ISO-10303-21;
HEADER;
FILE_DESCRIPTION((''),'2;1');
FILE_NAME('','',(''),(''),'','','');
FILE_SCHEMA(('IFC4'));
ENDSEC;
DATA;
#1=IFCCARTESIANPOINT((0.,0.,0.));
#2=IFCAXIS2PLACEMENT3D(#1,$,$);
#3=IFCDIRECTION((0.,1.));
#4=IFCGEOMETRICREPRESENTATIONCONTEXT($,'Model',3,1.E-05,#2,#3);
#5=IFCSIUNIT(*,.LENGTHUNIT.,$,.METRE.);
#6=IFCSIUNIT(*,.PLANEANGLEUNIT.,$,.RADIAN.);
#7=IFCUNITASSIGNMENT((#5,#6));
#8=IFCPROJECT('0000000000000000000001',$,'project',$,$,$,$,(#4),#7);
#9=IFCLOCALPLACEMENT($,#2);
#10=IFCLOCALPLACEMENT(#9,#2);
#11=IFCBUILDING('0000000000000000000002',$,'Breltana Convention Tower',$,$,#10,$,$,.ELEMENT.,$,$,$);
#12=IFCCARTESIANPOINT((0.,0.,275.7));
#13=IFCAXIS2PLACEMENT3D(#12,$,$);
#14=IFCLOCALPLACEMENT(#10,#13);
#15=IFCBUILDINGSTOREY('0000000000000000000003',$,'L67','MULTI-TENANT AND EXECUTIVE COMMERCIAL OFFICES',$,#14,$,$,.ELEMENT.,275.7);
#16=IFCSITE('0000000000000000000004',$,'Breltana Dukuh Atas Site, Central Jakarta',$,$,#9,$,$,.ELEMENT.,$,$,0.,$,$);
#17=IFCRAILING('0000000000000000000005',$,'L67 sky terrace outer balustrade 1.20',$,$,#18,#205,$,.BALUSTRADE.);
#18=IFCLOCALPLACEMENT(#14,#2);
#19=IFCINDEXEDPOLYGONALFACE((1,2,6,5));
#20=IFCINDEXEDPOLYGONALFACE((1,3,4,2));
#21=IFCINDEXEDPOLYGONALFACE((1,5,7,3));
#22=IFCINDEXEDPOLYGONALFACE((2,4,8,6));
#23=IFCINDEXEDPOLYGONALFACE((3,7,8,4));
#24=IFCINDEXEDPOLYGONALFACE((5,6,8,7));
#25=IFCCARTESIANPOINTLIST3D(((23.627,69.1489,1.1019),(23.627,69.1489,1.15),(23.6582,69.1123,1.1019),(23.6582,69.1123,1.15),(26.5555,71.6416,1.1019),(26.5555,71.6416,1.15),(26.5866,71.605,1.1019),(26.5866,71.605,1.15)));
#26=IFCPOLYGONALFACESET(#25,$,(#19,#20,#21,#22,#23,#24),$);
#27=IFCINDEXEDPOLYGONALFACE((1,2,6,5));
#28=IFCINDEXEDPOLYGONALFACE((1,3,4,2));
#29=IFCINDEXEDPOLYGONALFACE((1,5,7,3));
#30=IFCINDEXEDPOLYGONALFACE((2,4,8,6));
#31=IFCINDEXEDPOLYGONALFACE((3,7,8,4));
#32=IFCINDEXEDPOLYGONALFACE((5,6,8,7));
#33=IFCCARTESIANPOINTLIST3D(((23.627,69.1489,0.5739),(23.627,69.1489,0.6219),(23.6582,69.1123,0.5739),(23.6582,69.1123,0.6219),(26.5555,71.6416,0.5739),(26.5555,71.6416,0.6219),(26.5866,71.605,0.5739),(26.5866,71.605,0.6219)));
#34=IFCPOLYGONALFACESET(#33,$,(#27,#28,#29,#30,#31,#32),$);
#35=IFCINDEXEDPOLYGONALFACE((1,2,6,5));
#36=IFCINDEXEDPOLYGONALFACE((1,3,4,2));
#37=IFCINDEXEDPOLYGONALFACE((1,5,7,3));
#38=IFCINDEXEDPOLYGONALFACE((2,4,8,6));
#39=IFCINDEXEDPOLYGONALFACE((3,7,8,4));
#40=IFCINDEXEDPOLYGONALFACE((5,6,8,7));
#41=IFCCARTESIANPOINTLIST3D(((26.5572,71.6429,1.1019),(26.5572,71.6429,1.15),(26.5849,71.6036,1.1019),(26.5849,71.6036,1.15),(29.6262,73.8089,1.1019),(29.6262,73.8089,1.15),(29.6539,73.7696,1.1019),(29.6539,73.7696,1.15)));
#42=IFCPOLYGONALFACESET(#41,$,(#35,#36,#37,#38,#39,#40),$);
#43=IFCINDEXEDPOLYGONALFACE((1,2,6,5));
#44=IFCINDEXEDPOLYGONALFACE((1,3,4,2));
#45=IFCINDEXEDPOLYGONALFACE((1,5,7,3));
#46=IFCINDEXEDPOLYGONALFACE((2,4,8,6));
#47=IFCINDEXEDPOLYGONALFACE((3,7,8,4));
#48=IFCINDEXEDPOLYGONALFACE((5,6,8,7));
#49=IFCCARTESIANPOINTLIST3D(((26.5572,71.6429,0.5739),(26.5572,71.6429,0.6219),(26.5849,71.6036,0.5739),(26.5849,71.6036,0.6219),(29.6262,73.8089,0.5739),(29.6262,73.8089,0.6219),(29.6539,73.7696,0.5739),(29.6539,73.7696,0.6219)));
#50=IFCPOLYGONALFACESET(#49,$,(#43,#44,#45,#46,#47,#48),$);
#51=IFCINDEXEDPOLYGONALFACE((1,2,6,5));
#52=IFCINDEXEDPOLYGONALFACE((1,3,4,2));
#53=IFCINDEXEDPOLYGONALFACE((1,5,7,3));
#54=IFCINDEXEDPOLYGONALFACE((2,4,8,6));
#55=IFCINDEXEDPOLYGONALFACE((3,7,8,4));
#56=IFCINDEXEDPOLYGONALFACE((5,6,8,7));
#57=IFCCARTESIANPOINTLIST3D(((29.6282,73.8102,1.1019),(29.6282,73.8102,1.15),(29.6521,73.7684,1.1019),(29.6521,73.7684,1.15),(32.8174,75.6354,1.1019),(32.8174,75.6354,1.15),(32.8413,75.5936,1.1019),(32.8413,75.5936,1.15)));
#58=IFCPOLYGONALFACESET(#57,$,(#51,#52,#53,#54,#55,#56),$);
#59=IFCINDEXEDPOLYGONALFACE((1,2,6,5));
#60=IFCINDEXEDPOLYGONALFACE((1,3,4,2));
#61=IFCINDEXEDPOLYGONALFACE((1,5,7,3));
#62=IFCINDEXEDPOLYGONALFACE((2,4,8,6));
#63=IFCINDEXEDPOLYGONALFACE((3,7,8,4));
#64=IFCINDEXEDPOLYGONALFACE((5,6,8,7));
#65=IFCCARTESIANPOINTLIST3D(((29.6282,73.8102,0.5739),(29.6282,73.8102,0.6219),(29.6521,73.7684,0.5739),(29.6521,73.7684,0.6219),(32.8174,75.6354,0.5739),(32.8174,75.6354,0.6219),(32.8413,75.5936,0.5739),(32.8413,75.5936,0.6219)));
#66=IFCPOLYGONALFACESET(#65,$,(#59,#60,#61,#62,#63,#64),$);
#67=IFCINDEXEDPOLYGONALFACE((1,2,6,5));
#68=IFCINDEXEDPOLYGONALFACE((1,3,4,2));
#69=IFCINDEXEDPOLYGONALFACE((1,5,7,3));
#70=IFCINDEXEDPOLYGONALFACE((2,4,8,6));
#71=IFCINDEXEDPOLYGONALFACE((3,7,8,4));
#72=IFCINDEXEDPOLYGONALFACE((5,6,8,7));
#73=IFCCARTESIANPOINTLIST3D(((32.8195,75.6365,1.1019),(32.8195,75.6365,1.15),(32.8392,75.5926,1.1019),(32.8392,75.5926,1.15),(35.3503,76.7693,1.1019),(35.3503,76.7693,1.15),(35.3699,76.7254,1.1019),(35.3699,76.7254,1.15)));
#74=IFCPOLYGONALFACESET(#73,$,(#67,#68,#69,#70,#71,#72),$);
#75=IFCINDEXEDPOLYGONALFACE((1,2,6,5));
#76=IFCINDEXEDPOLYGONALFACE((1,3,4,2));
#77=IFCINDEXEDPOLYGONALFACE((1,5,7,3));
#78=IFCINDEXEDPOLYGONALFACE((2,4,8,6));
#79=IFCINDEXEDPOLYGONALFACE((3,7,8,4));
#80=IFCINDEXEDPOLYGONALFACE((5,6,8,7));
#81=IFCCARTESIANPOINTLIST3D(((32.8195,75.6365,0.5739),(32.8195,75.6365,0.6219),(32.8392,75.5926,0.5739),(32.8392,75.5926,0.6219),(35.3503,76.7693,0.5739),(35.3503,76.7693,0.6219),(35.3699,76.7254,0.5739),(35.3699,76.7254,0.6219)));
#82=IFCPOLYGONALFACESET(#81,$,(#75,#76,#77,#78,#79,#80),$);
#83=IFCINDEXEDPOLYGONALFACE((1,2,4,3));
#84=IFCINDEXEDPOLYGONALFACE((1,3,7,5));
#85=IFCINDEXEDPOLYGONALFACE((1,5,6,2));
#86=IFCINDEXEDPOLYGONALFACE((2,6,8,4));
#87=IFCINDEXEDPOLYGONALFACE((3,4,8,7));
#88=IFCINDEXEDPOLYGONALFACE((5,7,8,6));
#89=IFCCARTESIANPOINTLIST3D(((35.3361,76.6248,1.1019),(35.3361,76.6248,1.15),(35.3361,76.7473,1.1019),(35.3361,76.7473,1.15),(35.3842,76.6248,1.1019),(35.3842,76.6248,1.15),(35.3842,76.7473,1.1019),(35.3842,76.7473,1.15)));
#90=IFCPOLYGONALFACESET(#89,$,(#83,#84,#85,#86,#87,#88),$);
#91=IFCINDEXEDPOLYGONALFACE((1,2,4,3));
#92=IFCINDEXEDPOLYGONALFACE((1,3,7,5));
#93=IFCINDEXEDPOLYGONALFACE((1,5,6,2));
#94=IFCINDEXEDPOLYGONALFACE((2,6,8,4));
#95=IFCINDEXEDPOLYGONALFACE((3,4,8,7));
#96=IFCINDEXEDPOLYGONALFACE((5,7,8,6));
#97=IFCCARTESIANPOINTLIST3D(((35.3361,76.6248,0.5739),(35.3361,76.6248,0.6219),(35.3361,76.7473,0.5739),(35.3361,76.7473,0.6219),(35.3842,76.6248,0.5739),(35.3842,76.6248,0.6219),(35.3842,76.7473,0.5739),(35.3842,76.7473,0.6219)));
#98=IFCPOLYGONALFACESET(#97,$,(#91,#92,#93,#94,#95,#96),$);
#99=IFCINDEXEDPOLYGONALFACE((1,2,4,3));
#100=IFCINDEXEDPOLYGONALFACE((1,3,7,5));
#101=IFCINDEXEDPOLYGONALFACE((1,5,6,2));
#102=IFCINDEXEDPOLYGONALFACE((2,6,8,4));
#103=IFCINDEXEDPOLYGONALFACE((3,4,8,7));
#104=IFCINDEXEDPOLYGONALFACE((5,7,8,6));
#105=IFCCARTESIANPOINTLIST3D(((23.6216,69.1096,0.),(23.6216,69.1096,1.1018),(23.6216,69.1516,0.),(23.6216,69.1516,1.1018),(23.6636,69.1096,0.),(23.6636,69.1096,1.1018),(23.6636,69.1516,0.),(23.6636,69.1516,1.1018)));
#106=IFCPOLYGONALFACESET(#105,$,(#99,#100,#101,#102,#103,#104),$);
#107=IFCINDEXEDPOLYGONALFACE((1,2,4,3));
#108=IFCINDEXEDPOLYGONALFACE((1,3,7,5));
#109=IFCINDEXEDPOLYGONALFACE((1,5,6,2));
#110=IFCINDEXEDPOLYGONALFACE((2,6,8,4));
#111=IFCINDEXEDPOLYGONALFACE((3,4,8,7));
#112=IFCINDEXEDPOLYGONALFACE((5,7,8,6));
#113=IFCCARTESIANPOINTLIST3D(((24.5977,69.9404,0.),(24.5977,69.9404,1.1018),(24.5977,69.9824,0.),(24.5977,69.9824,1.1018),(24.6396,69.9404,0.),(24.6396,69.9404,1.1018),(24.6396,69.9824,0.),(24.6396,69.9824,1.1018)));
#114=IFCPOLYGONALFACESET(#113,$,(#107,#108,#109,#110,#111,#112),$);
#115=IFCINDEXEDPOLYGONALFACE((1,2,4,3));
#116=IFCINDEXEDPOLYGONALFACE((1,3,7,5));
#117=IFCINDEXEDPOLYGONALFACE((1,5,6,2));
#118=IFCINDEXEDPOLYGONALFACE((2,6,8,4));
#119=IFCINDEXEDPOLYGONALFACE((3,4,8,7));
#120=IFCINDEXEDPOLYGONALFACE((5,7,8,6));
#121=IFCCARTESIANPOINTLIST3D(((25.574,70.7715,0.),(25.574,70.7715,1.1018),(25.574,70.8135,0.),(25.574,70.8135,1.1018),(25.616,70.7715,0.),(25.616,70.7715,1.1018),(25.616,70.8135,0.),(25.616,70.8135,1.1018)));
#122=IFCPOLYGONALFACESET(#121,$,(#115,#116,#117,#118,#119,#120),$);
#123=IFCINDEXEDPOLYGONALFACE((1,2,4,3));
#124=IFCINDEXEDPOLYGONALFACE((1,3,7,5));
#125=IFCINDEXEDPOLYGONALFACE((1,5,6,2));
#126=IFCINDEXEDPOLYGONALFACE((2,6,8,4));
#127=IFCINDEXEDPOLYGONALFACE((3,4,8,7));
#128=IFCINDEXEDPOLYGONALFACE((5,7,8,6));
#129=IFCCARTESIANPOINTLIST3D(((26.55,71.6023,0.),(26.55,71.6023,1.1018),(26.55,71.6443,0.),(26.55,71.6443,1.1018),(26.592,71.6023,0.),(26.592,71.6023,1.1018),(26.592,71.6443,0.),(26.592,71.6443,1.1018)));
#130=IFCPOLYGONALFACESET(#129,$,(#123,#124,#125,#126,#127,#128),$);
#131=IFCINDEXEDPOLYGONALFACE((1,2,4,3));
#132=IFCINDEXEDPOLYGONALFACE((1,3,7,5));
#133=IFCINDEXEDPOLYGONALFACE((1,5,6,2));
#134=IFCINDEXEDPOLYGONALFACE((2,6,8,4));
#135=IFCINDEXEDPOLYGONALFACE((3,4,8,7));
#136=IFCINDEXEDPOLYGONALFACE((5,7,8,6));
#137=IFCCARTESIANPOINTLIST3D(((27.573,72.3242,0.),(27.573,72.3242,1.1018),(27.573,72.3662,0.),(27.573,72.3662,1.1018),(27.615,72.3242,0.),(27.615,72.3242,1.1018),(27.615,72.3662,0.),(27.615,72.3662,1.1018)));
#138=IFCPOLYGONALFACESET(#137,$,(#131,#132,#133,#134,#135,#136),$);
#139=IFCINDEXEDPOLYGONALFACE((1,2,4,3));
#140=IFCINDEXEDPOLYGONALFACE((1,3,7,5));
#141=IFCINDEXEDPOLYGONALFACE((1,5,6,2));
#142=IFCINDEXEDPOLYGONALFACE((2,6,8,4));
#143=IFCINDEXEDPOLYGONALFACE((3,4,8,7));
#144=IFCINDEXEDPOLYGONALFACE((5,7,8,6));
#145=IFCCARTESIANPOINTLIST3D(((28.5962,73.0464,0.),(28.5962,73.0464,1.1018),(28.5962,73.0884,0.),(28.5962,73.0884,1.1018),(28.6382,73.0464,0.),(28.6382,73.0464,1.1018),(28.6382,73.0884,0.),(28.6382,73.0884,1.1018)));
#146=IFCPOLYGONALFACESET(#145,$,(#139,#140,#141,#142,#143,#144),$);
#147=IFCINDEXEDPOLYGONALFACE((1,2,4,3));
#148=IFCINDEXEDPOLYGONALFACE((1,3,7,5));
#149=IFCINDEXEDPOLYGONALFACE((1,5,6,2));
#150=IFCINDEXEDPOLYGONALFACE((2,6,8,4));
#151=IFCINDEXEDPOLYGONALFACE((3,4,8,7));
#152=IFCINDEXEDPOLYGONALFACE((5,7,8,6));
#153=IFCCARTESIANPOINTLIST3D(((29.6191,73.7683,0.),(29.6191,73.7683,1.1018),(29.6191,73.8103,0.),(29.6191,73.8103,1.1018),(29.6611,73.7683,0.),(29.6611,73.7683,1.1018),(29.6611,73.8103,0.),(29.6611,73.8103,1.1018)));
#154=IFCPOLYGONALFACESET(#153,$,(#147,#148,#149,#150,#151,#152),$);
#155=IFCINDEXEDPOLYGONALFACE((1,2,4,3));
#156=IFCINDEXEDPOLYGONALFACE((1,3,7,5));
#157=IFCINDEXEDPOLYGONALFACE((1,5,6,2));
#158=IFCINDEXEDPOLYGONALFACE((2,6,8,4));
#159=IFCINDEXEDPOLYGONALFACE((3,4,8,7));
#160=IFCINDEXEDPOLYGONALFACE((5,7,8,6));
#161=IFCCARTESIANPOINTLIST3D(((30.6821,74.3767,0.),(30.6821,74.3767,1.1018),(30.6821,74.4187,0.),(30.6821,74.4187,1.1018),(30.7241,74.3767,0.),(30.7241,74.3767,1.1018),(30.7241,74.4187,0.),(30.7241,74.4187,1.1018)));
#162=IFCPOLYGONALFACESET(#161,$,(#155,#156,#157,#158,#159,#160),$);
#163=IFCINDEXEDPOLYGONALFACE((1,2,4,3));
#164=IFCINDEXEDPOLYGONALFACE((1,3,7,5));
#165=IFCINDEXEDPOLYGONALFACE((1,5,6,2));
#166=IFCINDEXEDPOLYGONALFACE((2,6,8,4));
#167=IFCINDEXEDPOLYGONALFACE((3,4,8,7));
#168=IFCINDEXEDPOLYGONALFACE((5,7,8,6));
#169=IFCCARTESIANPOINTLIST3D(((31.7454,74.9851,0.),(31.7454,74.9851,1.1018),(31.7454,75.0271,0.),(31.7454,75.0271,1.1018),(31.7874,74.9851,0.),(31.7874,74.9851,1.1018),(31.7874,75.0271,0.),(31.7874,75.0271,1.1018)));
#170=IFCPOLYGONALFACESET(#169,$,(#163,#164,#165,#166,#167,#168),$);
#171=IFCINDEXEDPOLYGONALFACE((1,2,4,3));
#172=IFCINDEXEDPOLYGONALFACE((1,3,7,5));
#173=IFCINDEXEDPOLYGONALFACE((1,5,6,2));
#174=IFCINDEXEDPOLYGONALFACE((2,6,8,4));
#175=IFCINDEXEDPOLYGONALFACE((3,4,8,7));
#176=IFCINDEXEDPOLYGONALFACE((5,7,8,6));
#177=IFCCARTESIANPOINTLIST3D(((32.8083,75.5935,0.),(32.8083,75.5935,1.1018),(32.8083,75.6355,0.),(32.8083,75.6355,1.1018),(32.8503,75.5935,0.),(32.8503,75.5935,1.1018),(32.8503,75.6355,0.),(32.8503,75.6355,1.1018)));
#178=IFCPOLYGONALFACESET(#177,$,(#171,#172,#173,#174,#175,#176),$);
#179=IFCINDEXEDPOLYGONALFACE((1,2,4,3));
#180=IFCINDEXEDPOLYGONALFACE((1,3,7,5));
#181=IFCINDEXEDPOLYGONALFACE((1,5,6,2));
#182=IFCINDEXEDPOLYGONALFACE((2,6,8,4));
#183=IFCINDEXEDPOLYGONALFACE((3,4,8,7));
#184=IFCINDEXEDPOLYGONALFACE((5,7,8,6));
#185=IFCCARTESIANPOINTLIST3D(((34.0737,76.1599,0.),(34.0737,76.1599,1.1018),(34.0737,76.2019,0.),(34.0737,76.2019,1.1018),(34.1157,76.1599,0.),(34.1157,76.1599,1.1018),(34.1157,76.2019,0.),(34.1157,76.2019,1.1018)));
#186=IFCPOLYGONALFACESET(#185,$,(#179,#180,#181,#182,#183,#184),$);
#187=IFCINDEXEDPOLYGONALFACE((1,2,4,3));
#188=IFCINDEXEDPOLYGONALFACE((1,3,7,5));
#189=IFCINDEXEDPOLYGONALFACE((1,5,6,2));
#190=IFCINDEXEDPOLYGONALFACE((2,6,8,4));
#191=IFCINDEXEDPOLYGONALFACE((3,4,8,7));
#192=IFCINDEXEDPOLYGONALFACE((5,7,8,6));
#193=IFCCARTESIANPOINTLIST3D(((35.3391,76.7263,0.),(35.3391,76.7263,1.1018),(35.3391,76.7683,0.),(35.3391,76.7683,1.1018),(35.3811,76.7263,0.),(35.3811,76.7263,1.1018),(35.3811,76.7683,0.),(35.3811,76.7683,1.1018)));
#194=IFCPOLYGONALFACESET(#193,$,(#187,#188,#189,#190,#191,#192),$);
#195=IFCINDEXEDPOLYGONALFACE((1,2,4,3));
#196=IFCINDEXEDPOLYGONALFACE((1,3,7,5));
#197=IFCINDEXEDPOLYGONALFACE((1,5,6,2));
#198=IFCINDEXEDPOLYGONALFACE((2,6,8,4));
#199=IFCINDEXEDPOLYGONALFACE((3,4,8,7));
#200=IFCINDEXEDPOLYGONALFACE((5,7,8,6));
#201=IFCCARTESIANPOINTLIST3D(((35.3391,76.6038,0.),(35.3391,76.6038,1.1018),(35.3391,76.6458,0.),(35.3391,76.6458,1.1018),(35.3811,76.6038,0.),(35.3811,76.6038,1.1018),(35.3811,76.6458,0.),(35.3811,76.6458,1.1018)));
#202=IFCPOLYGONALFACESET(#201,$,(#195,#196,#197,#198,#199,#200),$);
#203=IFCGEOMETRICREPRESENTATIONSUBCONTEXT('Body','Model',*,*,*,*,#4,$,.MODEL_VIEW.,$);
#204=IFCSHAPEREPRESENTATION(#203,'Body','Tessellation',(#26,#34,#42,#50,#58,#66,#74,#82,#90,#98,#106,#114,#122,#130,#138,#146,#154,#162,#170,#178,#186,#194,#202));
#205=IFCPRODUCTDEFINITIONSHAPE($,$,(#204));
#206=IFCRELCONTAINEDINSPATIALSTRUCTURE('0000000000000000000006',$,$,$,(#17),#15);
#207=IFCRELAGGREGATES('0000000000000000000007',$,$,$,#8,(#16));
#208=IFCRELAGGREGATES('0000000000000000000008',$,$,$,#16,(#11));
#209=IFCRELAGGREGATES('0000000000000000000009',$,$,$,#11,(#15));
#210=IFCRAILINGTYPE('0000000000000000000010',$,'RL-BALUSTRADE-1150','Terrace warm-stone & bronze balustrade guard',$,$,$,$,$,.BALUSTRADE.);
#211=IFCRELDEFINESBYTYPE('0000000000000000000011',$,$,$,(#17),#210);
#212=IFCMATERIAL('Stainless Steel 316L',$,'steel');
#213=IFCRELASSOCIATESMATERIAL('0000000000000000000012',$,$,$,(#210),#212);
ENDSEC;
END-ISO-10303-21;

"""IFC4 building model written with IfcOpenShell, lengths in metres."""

from ifc_helpers import new_model, si_unit, direction, frame, origin, origin_2d, place, context, subcontext, project, spatial, rectangle, extrude, material, type_object, element, save


model = new_model("IFC4")

# Units and contexts
model_context = context("Model", 3, precision=1e-05, world=origin(), true_north=direction((0.0, 1.0)))
body_context = subcontext(model_context, "Body", "Model", "MODEL_VIEW")
ifc_project = project(units=[si_unit("LENGTHUNIT", "METRE"), si_unit("PLANEANGLEUNIT", "RADIAN")], contexts=[model_context])

# Site, building, storey
site_placement = place(None, origin())
site = spatial("IfcSite", under=ifc_project, at=site_placement, Name="Breltana Dukuh Atas Site, Central Jakarta", CompositionType="ELEMENT", RefElevation=0.0)
building_placement = place(site_placement, origin())
building = spatial("IfcBuilding", under=site, at=building_placement, Name="Breltana Convention Tower", CompositionType="ELEMENT")
storey_placement = place(building_placement, frame((0.0, 0.0, 275.7)))
storey = spatial("IfcBuildingStorey", under=building, at=storey_placement, Name="L67", Description="MULTI-TENANT AND EXECUTIVE COMMERCIAL OFFICES", CompositionType="ELEMENT", Elevation=275.7)

# Railing
ifc_material_1 = material(Name="Stainless Steel 316L", Category="steel")
railing_type = type_object("IfcRailingType", Name="RL-BALUSTRADE-1150", Description="Terrace warm-stone & bronze balustrade guard", PredefinedType="BALUSTRADE", material=ifc_material_1)
railing_placement = place(storey_placement, frame((23.6426, 69.1306, 0.0)))
element("IfcRailing", 1, at=railing_placement, inside=storey, type_object=railing_type, Name="L67 sky terrace outer balustrade 1.20", PredefinedType="BALUSTRADE", context=body_context, shape_type="SweptSolid", body=[
    extrude(rectangle(XDim=0.0481, YDim=0.0481, at=origin_2d()), frame((0.0, 0.0, 1.126), z_axis=(0.761493, 0.648173, 0.0), x_axis=(-0.648173, 0.761493, 0.0)), (0.0, 0.0, 1.0), 3.8457),
    extrude(rectangle(XDim=0.0481, YDim=0.0481, at=origin_2d()), frame((0.0, 0.0, 0.5979), z_axis=(0.761493, 0.648173, 0.0), x_axis=(-0.648173, 0.761493, 0.0)), (0.0, 0.0, 1.0), 3.8457),
    extrude(rectangle(XDim=0.0481, YDim=0.0481, at=origin_2d()), frame((2.9285, 2.4927, 1.126), z_axis=(0.817018, 0.576612, 0.0), x_axis=(-0.576612, 0.817018, 0.0)), (0.0, 0.0, 1.0), 3.7563),
    extrude(rectangle(XDim=0.0481, YDim=0.0481, at=origin_2d()), frame((2.9285, 2.4927, 0.5979), z_axis=(0.817018, 0.576612, 0.0), x_axis=(-0.576612, 0.817018, 0.0)), (0.0, 0.0, 1.0), 3.7563),
    extrude(rectangle(XDim=0.0481, YDim=0.0481, at=origin_2d()), frame((5.9976, 4.6587, 1.126), z_axis=(0.867916, 0.496711, 0.0), x_axis=(-0.496711, 0.867916, 0.0)), (0.0, 0.0, 1.0), 3.6746),
    extrude(rectangle(XDim=0.0481, YDim=0.0481, at=origin_2d()), frame((5.9976, 4.6587, 0.5979), z_axis=(0.867916, 0.496711, 0.0), x_axis=(-0.496711, 0.867916, 0.0)), (0.0, 0.0, 1.0), 3.6746),
    extrude(rectangle(XDim=0.0481, YDim=0.0481, at=origin_2d()), frame((9.1868, 6.4839, 1.126), z_axis=(0.912734, 0.408555, 0.0), x_axis=(-0.408555, 0.912734, 0.0)), (0.0, 0.0, 1.0), 2.7727),
    extrude(rectangle(XDim=0.0481, YDim=0.0481, at=origin_2d()), frame((9.1868, 6.4839, 0.5979), z_axis=(0.912734, 0.408555, 0.0), x_axis=(-0.408555, 0.912734, 0.0)), (0.0, 0.0, 1.0), 2.7727),
    extrude(rectangle(XDim=0.0481, YDim=0.0481, at=origin_2d()), frame((11.7175, 7.6167, 1.126), z_axis=(0.0, -1.0, 0.0), x_axis=(1.0, 0.0, 0.0)), (0.0, 0.0, 1.0), 0.1226),
    extrude(rectangle(XDim=0.0481, YDim=0.0481, at=origin_2d()), frame((11.7175, 7.6167, 0.5979), z_axis=(0.0, -1.0, 0.0), x_axis=(1.0, 0.0, 0.0)), (0.0, 0.0, 1.0), 0.1226),
    extrude(rectangle(XDim=0.042, YDim=0.042, at=origin_2d()), origin(), (0.0, 0.0, 1.0), 1.1018),
    extrude(rectangle(XDim=0.042, YDim=0.042, at=origin_2d()), frame((0.9761, 0.8308, 0.0)), (0.0, 0.0, 1.0), 1.1018),
    extrude(rectangle(XDim=0.042, YDim=0.042, at=origin_2d()), frame((1.9524, 1.6619, 0.0)), (0.0, 0.0, 1.0), 1.1018),
    extrude(rectangle(XDim=0.042, YDim=0.042, at=origin_2d()), frame((2.9285, 2.4927, 0.0)), (0.0, 0.0, 1.0), 1.1018),
    extrude(rectangle(XDim=0.042, YDim=0.042, at=origin_2d()), frame((3.9514, 3.2146, 0.0)), (0.0, 0.0, 1.0), 1.1018),
    extrude(rectangle(XDim=0.042, YDim=0.042, at=origin_2d()), frame((4.9746, 3.9368, 0.0)), (0.0, 0.0, 1.0), 1.1018),
    extrude(rectangle(XDim=0.042, YDim=0.042, at=origin_2d()), frame((5.9976, 4.6587, 0.0)), (0.0, 0.0, 1.0), 1.1018),
    extrude(rectangle(XDim=0.042, YDim=0.042, at=origin_2d()), frame((7.0605, 5.2671, 0.0)), (0.0, 0.0, 1.0), 1.1018),
    extrude(rectangle(XDim=0.042, YDim=0.042, at=origin_2d()), frame((8.1238, 5.8755, 0.0)), (0.0, 0.0, 1.0), 1.1018),
    extrude(rectangle(XDim=0.042, YDim=0.042, at=origin_2d()), frame((9.1868, 6.4839, 0.0)), (0.0, 0.0, 1.0), 1.1018),
    extrude(rectangle(XDim=0.042, YDim=0.042, at=origin_2d()), frame((10.4521, 7.0503, 0.0)), (0.0, 0.0, 1.0), 1.1018),
    extrude(rectangle(XDim=0.042, YDim=0.042, at=origin_2d()), frame((11.7175, 7.6167, 0.0)), (0.0, 0.0, 1.0), 1.1018),
    extrude(rectangle(XDim=0.042, YDim=0.042, at=origin_2d()), frame((11.7175, 7.4941, 0.0)), (0.0, 0.0, 1.0), 1.1018),
])

save(model, "model.ifc")
